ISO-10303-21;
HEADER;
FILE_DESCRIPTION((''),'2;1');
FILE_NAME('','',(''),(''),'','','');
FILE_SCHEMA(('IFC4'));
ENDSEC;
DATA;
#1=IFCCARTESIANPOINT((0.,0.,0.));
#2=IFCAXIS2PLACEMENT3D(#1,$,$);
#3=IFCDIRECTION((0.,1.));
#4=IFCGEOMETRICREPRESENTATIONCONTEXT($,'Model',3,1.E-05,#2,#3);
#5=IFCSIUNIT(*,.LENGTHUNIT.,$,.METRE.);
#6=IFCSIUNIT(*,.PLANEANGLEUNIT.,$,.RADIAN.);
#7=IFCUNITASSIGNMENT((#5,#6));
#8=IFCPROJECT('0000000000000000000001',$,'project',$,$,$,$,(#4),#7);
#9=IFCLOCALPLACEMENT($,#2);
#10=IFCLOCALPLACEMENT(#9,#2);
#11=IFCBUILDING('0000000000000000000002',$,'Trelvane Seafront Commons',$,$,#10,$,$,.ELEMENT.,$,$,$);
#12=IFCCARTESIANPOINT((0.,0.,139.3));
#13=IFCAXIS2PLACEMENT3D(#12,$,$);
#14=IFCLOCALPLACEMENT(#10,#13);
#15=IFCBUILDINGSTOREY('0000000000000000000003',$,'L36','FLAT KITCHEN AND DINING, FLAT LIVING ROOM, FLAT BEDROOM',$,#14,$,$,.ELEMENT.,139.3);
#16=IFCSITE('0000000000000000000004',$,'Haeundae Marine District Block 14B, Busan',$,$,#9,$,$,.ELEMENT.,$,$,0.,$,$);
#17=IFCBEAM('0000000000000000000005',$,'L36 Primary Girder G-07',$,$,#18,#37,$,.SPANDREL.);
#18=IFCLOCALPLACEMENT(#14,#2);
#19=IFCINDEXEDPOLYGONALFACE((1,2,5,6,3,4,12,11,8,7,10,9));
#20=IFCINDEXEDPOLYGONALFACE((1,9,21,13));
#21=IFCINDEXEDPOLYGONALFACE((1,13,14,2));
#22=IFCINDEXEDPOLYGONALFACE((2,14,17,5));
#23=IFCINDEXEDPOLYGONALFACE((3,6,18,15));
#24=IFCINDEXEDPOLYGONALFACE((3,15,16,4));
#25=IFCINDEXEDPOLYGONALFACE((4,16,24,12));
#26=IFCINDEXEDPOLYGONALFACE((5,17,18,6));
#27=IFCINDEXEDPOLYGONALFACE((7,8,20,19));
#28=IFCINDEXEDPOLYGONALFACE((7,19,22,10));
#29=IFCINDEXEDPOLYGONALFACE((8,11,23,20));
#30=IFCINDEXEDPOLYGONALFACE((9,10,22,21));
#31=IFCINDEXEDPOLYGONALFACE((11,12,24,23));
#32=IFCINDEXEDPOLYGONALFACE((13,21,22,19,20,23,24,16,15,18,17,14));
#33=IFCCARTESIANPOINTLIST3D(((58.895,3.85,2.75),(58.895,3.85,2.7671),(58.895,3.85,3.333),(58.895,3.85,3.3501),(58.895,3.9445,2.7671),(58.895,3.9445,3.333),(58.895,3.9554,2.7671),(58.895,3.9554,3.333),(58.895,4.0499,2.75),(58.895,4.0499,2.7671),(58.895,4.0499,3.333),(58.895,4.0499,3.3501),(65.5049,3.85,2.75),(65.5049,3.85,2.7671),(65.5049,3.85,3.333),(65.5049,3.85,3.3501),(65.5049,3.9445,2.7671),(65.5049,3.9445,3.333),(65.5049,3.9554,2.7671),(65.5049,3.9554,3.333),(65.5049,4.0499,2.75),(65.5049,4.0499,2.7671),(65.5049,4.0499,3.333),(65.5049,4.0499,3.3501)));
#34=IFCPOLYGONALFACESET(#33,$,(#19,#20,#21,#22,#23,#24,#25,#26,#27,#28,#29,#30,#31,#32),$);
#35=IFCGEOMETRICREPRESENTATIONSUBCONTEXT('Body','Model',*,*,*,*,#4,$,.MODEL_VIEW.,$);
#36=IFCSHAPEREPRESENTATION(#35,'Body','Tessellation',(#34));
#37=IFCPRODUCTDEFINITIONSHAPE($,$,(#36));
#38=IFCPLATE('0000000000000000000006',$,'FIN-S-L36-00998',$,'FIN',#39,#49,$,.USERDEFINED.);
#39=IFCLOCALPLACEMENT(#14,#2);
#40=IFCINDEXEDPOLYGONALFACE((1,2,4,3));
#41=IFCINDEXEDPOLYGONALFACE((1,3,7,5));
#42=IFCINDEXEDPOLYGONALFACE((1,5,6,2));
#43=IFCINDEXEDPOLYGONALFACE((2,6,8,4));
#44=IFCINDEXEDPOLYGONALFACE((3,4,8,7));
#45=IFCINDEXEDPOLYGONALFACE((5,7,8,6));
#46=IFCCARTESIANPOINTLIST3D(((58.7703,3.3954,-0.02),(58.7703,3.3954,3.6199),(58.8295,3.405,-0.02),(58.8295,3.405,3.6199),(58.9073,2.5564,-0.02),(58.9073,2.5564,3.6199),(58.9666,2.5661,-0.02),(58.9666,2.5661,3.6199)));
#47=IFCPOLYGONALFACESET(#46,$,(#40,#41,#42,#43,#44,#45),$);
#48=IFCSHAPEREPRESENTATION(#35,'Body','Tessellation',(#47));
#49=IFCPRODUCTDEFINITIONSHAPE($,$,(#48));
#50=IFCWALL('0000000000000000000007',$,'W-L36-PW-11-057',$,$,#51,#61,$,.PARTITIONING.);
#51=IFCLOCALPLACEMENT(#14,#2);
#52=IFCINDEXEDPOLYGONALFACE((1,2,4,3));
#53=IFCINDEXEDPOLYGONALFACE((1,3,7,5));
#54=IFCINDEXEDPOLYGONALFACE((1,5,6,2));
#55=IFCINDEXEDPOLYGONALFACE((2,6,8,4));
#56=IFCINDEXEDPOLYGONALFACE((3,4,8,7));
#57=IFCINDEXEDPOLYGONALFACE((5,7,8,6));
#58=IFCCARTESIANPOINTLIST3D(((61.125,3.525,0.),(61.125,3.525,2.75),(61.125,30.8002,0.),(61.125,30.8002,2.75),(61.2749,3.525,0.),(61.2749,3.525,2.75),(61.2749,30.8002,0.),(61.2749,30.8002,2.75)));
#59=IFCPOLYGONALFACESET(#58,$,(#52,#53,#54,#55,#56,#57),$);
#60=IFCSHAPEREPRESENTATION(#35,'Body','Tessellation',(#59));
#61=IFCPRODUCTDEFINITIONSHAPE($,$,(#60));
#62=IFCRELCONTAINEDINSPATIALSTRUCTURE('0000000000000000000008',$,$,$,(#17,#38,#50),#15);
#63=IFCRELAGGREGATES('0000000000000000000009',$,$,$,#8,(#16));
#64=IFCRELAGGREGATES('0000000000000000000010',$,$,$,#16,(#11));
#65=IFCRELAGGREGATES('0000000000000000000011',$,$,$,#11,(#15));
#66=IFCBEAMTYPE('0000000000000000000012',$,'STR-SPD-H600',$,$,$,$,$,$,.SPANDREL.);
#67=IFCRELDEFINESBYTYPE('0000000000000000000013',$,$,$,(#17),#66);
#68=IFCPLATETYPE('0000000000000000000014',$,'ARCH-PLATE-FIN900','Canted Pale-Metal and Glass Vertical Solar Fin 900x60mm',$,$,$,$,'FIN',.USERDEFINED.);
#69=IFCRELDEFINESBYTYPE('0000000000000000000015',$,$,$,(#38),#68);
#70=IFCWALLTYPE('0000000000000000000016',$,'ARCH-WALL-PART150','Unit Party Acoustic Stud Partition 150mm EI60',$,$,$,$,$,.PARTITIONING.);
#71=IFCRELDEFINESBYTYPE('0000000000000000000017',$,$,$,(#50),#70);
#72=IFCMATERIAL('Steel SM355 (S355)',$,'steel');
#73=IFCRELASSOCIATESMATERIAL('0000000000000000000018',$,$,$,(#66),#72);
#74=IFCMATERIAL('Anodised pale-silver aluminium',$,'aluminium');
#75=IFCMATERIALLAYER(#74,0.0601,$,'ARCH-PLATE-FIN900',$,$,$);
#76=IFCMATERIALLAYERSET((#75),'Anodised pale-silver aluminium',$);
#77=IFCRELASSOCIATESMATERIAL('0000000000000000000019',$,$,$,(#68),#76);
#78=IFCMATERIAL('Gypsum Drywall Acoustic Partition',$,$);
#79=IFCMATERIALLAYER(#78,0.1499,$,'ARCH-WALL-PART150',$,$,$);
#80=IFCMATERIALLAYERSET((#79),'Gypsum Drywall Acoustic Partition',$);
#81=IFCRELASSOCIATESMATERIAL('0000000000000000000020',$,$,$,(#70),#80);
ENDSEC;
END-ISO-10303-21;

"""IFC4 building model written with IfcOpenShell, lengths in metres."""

from ifc_helpers import new_model, si_unit, direction, frame, frame_2d, origin, origin_2d, place, context, subcontext, project, spatial, rectangle, i_section, extrude, source, transform, mapped, material, layer, layer_set, material_profile, profile_set, type_object, element, save


model = new_model("IFC4")

# Units and contexts
model_context = context("Model", 3, precision=1e-05, world=origin(), true_north=direction((0.0, 1.0)))
body_context = subcontext(model_context, "Body", "Model", "MODEL_VIEW")
ifc_project = project(units=[si_unit("LENGTHUNIT", "METRE"), si_unit("PLANEANGLEUNIT", "RADIAN")], contexts=[model_context])

# Site, building, storey
site_placement = place(None, origin())
site = spatial("IfcSite", under=ifc_project, at=site_placement, Name="Haeundae Marine District Block 14B, Busan", CompositionType="ELEMENT", RefElevation=0.0)
building_placement = place(site_placement, origin())
building = spatial("IfcBuilding", under=site, at=building_placement, Name="Trelvane Seafront Commons", CompositionType="ELEMENT")
storey_placement = place(building_placement, frame((0.0, 0.0, 139.3)))
storey = spatial("IfcBuildingStorey", under=building, at=storey_placement, Name="L36", Description="FLAT KITCHEN AND DINING, FLAT LIVING ROOM, FLAT BEDROOM", CompositionType="ELEMENT", Elevation=139.3)

# Beam
ifc_material_1 = material(Name="Steel SM355 (S355)", Category="steel")
ifc_material_profile = material_profile(ifc_material_1, i_section(OverallWidth=0.2, OverallDepth=0.6001, WebThickness=0.011, FlangeThickness=0.0171, at=origin_2d()), Name="H-600x200x11x17")
ifc_profile_set = profile_set([ifc_material_profile], Name="Steel SM355 (S355)")
beam_type = type_object("IfcBeamType", Name="STR-SPD-H600", PredefinedType="SPANDREL", material=ifc_profile_set)
shared_shape_1 = source(origin(), body_context, "Body", "SweptSolid", [
    extrude(i_section(OverallWidth=0.2, OverallDepth=0.6001, WebThickness=0.011, FlangeThickness=0.0171, at=origin_2d()), origin(), (0.0, 0.0, 1.0), 6.6099),
])
beam_placement = place(storey_placement, frame((58.895, 3.95, 3.05), z_axis=(1.0, 0.0, 0.0), x_axis=(0.0, 1.0, 0.0)))
element("IfcBeam", 1, at=beam_placement, inside=storey, type_object=beam_type, Name="L36 Primary Girder G-07", PredefinedType="SPANDREL", context=body_context, shape_type="MappedRepresentation", body=[
    mapped(shared_shape_1, transform((0.0, 0.0, 0.0), x_axis=(1.0, 0.0, 0.0), y_axis=(0.0, 1.0, 0.0), z_axis=(0.0, 0.0, 1.0), scale=1.0)),
])

# Plate
ifc_material_2 = material(Name="Anodised pale-silver aluminium", Category="aluminium")
ifc_layer_1 = layer(ifc_material_2, 0.0601, Name="ARCH-PLATE-FIN900")
ifc_layer_set_1 = layer_set([ifc_layer_1], Name="Anodised pale-silver aluminium")
plate_type = type_object("IfcPlateType", Name="ARCH-PLATE-FIN900", Description="Canted Pale-Metal and Glass Vertical Solar Fin 900x60mm", ElementType="FIN", PredefinedType="USERDEFINED", material=ifc_layer_set_1)
shared_shape_2 = source(origin(), body_context, "Body", "SweptSolid", [
    extrude(rectangle(XDim=0.8501, YDim=0.0601, at=origin_2d()), origin(), (0.0, 0.0, 1.0), 3.6399),
])
plate_placement = place(storey_placement, frame((58.8684, 2.9807, -0.02), z_axis=(0.0, 0.0, 1.0), x_axis=(0.161173, -0.986926, 0.0)))
element("IfcPlate", 2, at=plate_placement, inside=storey, type_object=plate_type, Name="FIN-S-L36-00998", ObjectType="FIN", PredefinedType="USERDEFINED", context=body_context, shape_type="MappedRepresentation", body=[
    mapped(shared_shape_2, transform((0.0, 0.0, 0.0), x_axis=(1.0, 0.0, 0.0), y_axis=(0.0, 1.0, 0.0), z_axis=(0.0, 0.0, 1.0), scale=1.0)),
])

# Wall
ifc_material_3 = material(Name="Gypsum Drywall Acoustic Partition")
ifc_layer_2 = layer(ifc_material_3, 0.1499, Name="ARCH-WALL-PART150")
ifc_layer_set_2 = layer_set([ifc_layer_2], Name="Gypsum Drywall Acoustic Partition")
wall_type = type_object("IfcWallType", Name="ARCH-WALL-PART150", Description="Unit Party Acoustic Stud Partition 150mm EI60", PredefinedType="PARTITIONING", material=ifc_layer_set_2)
wall_placement = place(storey_placement, frame((61.2, 3.5249, 0.0), z_axis=(0.0, 0.0, 1.0), x_axis=(0.0, 1.0, 0.0)))
element("IfcWall", 3, at=wall_placement, inside=storey, type_object=wall_type, Name="W-L36-PW-11-057", PredefinedType="PARTITIONING", context=body_context, shape_type="SweptSolid", body=[
    extrude(rectangle(XDim=27.2751, YDim=0.1499, at=frame_2d((13.6377, 0.0))), origin(), (0.0, 0.0, 1.0), 2.75),
])

save(model, "model.ifc")
